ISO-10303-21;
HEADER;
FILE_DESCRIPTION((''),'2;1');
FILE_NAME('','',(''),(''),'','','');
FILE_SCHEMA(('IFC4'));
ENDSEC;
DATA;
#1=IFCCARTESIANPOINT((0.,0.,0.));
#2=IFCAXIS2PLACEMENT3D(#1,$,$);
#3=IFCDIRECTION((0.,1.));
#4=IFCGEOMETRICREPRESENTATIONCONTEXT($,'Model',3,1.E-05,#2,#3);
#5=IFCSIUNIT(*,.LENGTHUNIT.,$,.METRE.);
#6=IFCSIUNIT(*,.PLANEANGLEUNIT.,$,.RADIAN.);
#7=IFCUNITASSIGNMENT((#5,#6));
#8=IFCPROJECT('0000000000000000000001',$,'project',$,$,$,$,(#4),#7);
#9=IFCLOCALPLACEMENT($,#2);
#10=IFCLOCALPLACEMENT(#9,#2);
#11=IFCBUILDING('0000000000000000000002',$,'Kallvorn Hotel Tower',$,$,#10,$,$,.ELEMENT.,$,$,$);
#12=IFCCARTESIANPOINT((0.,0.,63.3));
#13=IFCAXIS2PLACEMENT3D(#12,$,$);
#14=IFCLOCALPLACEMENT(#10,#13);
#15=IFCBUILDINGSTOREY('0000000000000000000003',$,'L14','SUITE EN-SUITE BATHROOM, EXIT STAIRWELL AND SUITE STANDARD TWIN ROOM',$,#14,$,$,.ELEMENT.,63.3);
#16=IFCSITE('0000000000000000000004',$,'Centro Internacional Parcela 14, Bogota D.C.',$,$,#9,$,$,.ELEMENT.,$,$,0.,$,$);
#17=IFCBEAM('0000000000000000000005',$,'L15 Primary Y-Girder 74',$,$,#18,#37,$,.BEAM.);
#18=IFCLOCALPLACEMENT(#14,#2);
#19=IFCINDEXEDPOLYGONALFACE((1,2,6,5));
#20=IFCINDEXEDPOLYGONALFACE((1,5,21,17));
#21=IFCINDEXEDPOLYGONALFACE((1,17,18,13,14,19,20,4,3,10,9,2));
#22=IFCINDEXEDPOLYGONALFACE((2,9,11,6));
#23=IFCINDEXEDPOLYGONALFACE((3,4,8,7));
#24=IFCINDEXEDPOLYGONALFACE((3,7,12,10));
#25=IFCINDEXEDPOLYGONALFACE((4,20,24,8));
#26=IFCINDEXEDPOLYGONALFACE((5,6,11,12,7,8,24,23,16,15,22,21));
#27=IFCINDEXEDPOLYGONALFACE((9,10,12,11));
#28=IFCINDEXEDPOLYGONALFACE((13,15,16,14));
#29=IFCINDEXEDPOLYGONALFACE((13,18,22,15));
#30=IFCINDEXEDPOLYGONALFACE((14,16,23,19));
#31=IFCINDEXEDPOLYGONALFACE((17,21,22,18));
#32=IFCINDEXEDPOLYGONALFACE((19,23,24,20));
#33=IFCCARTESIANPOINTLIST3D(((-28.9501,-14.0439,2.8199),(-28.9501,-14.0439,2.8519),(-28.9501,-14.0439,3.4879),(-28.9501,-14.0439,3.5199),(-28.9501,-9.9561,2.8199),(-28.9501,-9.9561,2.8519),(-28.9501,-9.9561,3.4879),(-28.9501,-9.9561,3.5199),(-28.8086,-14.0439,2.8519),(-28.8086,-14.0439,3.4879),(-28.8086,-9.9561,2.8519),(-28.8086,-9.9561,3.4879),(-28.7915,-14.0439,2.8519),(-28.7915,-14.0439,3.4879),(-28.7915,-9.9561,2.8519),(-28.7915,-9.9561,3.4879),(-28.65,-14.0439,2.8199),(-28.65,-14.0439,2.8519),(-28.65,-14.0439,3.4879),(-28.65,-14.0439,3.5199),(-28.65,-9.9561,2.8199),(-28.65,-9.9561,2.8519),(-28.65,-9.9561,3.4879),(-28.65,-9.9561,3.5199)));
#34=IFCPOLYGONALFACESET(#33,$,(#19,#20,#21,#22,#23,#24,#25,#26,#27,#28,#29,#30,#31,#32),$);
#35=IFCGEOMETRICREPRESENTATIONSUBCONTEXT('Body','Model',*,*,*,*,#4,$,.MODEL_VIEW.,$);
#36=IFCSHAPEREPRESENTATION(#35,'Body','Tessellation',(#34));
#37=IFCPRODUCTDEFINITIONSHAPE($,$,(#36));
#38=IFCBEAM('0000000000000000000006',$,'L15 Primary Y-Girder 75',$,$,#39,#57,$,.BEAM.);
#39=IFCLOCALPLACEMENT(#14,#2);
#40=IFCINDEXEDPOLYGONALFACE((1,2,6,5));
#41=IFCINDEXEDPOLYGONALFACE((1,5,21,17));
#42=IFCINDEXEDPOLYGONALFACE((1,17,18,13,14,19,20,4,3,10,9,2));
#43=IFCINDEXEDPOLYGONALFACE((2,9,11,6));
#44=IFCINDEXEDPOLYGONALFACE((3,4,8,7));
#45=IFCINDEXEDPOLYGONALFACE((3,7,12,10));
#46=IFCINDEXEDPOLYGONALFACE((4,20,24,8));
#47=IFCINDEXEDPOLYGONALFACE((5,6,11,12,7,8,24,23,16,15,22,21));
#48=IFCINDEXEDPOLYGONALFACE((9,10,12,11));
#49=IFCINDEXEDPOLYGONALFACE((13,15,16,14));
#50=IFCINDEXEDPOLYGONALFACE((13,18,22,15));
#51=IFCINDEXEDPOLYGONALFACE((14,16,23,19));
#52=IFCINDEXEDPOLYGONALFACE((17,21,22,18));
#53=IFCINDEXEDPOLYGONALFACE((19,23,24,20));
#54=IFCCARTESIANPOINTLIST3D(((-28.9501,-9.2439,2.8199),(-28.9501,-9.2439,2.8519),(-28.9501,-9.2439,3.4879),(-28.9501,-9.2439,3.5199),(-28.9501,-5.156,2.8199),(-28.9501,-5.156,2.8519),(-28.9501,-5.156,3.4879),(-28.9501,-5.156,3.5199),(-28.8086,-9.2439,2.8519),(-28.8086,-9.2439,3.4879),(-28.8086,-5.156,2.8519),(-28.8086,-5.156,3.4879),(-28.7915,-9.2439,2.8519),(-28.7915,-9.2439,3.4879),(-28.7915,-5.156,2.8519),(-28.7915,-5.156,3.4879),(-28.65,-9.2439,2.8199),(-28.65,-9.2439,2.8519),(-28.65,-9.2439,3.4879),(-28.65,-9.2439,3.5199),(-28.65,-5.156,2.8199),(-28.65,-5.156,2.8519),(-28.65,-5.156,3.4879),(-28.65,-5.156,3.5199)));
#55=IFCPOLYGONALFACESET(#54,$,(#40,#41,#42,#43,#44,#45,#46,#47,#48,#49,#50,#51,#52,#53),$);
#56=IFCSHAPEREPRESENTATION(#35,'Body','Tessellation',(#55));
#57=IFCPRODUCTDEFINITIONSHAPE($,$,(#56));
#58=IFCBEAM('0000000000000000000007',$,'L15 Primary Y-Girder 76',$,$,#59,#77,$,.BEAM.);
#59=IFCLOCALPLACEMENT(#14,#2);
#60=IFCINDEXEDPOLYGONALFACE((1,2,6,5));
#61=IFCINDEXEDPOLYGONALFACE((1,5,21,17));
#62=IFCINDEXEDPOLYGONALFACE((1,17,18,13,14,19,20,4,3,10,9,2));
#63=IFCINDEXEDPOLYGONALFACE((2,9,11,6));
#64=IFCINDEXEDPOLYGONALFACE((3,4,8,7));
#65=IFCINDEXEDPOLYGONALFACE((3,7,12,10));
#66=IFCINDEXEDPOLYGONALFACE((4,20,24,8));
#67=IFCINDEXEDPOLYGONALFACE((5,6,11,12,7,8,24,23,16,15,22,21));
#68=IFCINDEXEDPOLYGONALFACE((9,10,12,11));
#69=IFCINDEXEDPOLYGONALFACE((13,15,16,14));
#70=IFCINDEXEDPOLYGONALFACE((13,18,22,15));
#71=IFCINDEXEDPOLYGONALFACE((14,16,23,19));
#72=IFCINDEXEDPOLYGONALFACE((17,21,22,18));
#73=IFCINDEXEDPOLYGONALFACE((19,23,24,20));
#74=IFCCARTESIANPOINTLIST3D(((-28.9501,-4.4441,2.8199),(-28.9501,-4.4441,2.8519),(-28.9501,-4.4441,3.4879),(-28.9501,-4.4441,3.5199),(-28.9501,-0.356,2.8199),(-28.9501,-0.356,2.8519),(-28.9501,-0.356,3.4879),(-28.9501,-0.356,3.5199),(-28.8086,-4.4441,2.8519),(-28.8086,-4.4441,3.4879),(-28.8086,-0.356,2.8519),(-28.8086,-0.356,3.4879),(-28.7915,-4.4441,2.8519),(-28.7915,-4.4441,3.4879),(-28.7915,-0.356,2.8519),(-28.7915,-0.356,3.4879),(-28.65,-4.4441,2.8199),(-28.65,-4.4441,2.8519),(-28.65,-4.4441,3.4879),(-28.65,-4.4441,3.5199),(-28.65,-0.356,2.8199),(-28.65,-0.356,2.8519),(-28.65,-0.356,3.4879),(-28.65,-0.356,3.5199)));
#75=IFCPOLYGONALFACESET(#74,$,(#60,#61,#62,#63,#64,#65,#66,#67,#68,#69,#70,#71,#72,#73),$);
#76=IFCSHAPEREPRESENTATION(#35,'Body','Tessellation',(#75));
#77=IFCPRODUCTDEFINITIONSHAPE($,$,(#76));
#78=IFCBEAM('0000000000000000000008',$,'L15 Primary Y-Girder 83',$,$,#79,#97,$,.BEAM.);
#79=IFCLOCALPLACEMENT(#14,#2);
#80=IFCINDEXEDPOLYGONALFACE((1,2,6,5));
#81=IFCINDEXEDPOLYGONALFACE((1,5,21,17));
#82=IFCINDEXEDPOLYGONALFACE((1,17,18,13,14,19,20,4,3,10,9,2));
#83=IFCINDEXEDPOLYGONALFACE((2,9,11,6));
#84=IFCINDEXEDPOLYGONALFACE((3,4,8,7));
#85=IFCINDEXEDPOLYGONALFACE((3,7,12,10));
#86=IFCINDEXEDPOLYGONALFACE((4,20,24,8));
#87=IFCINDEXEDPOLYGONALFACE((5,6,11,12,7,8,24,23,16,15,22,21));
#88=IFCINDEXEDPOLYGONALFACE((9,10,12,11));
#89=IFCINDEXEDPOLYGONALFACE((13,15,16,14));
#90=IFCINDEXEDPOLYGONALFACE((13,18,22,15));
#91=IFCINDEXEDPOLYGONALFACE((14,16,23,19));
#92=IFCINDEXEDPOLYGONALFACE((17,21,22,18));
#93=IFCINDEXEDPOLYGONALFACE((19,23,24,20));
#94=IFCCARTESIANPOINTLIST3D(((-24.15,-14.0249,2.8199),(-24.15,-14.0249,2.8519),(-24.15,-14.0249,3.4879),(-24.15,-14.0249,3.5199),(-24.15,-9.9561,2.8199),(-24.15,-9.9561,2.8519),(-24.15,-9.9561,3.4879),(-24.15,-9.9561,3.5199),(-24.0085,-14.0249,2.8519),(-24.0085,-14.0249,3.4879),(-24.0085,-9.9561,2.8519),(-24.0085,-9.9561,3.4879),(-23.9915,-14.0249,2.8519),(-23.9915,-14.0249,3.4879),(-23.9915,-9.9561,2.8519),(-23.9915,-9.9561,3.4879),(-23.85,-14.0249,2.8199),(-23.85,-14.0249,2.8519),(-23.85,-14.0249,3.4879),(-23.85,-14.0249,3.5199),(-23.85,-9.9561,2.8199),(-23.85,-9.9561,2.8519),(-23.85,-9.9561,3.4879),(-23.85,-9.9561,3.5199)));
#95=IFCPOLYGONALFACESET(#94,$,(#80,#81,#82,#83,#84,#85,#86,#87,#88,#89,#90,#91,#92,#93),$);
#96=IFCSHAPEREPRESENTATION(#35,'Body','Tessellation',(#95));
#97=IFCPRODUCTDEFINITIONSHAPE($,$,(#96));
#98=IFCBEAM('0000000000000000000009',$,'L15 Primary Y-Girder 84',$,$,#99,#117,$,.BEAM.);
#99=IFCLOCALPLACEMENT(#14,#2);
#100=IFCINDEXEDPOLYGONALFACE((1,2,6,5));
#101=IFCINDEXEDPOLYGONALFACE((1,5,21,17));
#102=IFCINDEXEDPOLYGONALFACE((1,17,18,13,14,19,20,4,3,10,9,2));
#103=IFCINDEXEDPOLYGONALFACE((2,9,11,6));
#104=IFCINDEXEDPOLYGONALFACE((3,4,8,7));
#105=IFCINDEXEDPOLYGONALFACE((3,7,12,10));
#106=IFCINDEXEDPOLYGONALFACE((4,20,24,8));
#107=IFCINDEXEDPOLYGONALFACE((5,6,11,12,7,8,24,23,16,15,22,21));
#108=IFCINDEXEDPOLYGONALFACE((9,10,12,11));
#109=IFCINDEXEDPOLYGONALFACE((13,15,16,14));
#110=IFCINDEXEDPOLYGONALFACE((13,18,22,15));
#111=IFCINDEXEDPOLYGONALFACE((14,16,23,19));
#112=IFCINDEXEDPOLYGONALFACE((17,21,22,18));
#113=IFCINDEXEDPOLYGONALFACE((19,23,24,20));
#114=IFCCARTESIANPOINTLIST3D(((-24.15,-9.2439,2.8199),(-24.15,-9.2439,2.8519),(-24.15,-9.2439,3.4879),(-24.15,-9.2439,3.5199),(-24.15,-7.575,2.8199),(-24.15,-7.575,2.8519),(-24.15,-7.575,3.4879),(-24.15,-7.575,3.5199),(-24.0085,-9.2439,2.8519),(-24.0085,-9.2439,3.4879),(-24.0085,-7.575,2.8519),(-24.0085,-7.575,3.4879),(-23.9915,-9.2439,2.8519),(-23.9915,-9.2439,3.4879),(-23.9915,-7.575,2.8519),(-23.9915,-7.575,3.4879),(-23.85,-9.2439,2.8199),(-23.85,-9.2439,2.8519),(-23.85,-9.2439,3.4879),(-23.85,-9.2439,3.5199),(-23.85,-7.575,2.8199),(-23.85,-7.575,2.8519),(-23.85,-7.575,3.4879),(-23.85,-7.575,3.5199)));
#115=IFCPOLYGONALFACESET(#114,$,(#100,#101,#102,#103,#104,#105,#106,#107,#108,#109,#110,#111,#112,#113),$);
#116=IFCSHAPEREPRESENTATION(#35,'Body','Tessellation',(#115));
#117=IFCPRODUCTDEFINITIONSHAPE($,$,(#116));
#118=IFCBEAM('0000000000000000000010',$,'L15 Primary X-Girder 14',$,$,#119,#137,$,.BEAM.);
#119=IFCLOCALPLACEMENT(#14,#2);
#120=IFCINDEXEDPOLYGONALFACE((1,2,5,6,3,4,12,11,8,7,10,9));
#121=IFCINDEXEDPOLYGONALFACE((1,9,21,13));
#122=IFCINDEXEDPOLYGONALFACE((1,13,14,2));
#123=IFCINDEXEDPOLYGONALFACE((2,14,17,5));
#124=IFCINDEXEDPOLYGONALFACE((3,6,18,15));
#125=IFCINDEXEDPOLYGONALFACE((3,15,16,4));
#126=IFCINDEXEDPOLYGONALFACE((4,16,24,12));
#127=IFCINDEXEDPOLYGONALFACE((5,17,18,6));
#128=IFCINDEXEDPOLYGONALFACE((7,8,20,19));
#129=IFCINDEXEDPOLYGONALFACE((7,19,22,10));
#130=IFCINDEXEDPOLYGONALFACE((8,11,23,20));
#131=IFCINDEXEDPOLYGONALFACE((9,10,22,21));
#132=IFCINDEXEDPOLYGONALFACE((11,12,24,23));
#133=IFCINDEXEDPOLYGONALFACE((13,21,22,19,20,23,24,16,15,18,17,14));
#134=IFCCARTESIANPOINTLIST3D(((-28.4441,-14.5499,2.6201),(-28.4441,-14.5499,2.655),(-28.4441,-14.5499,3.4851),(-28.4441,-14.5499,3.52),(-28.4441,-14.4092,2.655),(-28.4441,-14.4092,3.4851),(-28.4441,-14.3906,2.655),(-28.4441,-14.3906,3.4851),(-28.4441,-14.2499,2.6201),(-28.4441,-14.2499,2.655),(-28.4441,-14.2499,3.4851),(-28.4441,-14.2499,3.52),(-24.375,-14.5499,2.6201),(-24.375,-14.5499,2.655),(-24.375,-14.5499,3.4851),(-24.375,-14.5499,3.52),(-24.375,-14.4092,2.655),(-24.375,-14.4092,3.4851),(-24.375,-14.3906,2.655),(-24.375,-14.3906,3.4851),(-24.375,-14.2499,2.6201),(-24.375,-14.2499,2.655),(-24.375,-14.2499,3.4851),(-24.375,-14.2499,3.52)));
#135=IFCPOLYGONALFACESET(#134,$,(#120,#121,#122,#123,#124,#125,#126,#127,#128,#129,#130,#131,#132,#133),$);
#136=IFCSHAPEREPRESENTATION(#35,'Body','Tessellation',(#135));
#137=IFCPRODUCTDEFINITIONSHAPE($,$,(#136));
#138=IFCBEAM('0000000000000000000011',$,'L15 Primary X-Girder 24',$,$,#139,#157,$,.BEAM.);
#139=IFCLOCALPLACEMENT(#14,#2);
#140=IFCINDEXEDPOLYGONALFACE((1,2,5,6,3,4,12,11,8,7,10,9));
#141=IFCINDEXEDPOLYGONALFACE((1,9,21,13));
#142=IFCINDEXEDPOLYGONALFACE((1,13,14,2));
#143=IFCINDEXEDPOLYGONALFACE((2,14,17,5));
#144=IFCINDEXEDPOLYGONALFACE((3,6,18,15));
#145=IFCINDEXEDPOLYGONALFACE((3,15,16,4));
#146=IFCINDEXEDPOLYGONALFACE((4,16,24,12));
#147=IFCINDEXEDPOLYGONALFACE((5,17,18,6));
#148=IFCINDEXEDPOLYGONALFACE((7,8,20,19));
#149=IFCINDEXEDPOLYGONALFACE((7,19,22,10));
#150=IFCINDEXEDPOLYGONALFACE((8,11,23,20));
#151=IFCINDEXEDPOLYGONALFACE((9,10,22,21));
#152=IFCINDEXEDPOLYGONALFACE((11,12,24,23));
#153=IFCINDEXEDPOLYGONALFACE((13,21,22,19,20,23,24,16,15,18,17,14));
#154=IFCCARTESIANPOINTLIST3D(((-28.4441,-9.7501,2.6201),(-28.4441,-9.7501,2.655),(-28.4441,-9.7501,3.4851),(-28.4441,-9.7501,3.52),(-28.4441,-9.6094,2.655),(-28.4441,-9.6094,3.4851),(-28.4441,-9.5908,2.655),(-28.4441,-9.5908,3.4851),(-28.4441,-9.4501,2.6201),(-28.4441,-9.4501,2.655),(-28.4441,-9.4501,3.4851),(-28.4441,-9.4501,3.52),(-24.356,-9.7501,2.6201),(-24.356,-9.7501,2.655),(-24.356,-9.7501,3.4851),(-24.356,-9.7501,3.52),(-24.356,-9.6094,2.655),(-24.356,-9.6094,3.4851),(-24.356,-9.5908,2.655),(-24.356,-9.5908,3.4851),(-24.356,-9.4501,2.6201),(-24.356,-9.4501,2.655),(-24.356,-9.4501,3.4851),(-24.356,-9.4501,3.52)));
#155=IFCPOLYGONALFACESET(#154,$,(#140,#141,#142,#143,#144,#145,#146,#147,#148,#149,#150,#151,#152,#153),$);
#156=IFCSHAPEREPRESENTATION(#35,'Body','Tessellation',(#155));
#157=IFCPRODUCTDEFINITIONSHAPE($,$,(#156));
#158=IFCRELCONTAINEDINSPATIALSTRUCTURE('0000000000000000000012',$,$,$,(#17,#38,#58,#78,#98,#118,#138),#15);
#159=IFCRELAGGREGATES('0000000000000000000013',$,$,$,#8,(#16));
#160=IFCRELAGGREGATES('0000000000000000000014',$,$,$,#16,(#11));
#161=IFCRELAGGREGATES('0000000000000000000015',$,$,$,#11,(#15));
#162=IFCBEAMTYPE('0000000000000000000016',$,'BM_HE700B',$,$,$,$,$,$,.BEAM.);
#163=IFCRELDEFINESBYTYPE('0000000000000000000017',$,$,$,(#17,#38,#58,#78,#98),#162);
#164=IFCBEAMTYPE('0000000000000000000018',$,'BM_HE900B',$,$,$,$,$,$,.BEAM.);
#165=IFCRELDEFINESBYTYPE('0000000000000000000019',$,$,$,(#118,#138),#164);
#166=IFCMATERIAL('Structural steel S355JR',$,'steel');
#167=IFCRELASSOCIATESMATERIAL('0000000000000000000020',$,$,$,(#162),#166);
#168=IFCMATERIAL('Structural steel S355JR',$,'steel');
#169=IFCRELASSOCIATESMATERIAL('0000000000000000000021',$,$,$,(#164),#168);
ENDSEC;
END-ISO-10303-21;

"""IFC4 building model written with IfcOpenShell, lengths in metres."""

from ifc_helpers import new_model, si_unit, direction, frame, origin, origin_2d, place, context, subcontext, project, spatial, i_section, extrude, material, material_profile, profile_set, type_object, element, save


model = new_model("IFC4")

# Units and contexts
model_context = context("Model", 3, precision=1e-05, world=origin(), true_north=direction((0.0, 1.0)))
body_context = subcontext(model_context, "Body", "Model", "MODEL_VIEW")
ifc_project = project(units=[si_unit("LENGTHUNIT", "METRE"), si_unit("PLANEANGLEUNIT", "RADIAN")], contexts=[model_context])

# Site, building, storey
site_placement = place(None, origin())
site = spatial("IfcSite", under=ifc_project, at=site_placement, Name="Centro Internacional Parcela 14, Bogota D.C.", CompositionType="ELEMENT", RefElevation=0.0)
building_placement = place(site_placement, origin())
building = spatial("IfcBuilding", under=site, at=building_placement, Name="Kallvorn Hotel Tower", CompositionType="ELEMENT")
storey_placement = place(building_placement, frame((0.0, 0.0, 63.3)))
storey = spatial("IfcBuildingStorey", under=building, at=storey_placement, Name="L14", Description="SUITE EN-SUITE BATHROOM, EXIT STAIRWELL AND SUITE STANDARD TWIN ROOM", CompositionType="ELEMENT", Elevation=63.3)

# Beams
ifc_material_1 = material(Name="Structural steel S355JR", Category="steel")
ifc_material_profile_1 = material_profile(ifc_material_1, i_section(OverallWidth=0.3, OverallDepth=0.7, WebThickness=0.0171, FlangeThickness=0.032, at=origin_2d()), Name="HE 700 B")
ifc_profile_set_1 = profile_set([ifc_material_profile_1], Name="Structural steel S355JR")
beam_type_1 = type_object("IfcBeamType", Name="BM_HE700B", PredefinedType="BEAM", material=ifc_profile_set_1)
for number, where, z_axis, x_axis, name in (
    (1, (-28.8, -14.0439, 3.1699), (0.0, 1.0, 0.0), (-1.0, 0.0, 0.0), "L15 Primary Y-Girder 74"),
    (2, (-28.8, -9.2439, 3.1699), (0.0, 1.0, 0.0), (-1.0, 0.0, 0.0), "L15 Primary Y-Girder 75"),
):
    element("IfcBeam", number, at=place(storey_placement, frame(where, z_axis=z_axis, x_axis=x_axis)), inside=storey, type_object=beam_type_1, Name=name, PredefinedType="BEAM", context=body_context, shape_type="SweptSolid", body=[
        extrude(i_section(OverallWidth=0.3, OverallDepth=0.7, WebThickness=0.0171, FlangeThickness=0.032, at=origin_2d()), origin(), (0.0, 0.0, 1.0), 4.0879),
    ])
beam_1_placement = place(storey_placement, frame((-28.8, -4.4441, 3.1699), z_axis=(0.0, 1.0, 0.0), x_axis=(-1.0, 0.0, 0.0)))
element("IfcBeam", 3, at=beam_1_placement, inside=storey, type_object=beam_type_1, Name="L15 Primary Y-Girder 76", PredefinedType="BEAM", context=body_context, shape_type="SweptSolid", body=[
    extrude(i_section(OverallWidth=0.3, OverallDepth=0.7, WebThickness=0.0171, FlangeThickness=0.032, at=origin_2d()), origin(), (0.0, 0.0, 1.0), 4.0881),
])
beam_2_placement = place(storey_placement, frame((-24.0, -14.0249, 3.1699), z_axis=(0.0, 1.0, 0.0), x_axis=(-1.0, 0.0, 0.0)))
element("IfcBeam", 4, at=beam_2_placement, inside=storey, type_object=beam_type_1, Name="L15 Primary Y-Girder 83", PredefinedType="BEAM", context=body_context, shape_type="SweptSolid", body=[
    extrude(i_section(OverallWidth=0.3, OverallDepth=0.7, WebThickness=0.0171, FlangeThickness=0.032, at=origin_2d()), origin(), (0.0, 0.0, 1.0), 4.0688),
])
beam_3_placement = place(storey_placement, frame((-24.0, -9.2439, 3.1699), z_axis=(0.0, 1.0, 0.0), x_axis=(-1.0, 0.0, 0.0)))
element("IfcBeam", 5, at=beam_3_placement, inside=storey, type_object=beam_type_1, Name="L15 Primary Y-Girder 84", PredefinedType="BEAM", context=body_context, shape_type="SweptSolid", body=[
    extrude(i_section(OverallWidth=0.3, OverallDepth=0.7, WebThickness=0.0171, FlangeThickness=0.032, at=origin_2d()), origin(), (0.0, 0.0, 1.0), 1.6689),
])
ifc_material_2 = material(Name="Structural steel S355JR", Category="steel")
ifc_material_profile_2 = material_profile(ifc_material_2, i_section(OverallWidth=0.3, OverallDepth=0.8999, WebThickness=0.0186, FlangeThickness=0.0349, at=origin_2d()), Name="HE 900 B")
ifc_profile_set_2 = profile_set([ifc_material_profile_2], Name="Structural steel S355JR")
beam_type_2 = type_object("IfcBeamType", Name="BM_HE900B", PredefinedType="BEAM", material=ifc_profile_set_2)
beam_4_placement = place(storey_placement, frame((-28.4441, -14.3999, 3.0701), z_axis=(1.0, 0.0, 0.0), x_axis=(0.0, 1.0, 0.0)))
element("IfcBeam", 6, at=beam_4_placement, inside=storey, type_object=beam_type_2, Name="L15 Primary X-Girder 14", PredefinedType="BEAM", context=body_context, shape_type="SweptSolid", body=[
    extrude(i_section(OverallWidth=0.3, OverallDepth=0.8999, WebThickness=0.0186, FlangeThickness=0.0349, at=origin_2d()), origin(), (0.0, 0.0, 1.0), 4.0691),
])
beam_5_placement = place(storey_placement, frame((-28.4441, -9.6001, 3.0701), z_axis=(1.0, 0.0, 0.0), x_axis=(0.0, 1.0, 0.0)))
element("IfcBeam", 7, at=beam_5_placement, inside=storey, type_object=beam_type_2, Name="L15 Primary X-Girder 24", PredefinedType="BEAM", context=body_context, shape_type="SweptSolid", body=[
    extrude(i_section(OverallWidth=0.3, OverallDepth=0.8999, WebThickness=0.0186, FlangeThickness=0.0349, at=origin_2d()), origin(), (0.0, 0.0, 1.0), 4.0881),
])

save(model, "model.ifc")
